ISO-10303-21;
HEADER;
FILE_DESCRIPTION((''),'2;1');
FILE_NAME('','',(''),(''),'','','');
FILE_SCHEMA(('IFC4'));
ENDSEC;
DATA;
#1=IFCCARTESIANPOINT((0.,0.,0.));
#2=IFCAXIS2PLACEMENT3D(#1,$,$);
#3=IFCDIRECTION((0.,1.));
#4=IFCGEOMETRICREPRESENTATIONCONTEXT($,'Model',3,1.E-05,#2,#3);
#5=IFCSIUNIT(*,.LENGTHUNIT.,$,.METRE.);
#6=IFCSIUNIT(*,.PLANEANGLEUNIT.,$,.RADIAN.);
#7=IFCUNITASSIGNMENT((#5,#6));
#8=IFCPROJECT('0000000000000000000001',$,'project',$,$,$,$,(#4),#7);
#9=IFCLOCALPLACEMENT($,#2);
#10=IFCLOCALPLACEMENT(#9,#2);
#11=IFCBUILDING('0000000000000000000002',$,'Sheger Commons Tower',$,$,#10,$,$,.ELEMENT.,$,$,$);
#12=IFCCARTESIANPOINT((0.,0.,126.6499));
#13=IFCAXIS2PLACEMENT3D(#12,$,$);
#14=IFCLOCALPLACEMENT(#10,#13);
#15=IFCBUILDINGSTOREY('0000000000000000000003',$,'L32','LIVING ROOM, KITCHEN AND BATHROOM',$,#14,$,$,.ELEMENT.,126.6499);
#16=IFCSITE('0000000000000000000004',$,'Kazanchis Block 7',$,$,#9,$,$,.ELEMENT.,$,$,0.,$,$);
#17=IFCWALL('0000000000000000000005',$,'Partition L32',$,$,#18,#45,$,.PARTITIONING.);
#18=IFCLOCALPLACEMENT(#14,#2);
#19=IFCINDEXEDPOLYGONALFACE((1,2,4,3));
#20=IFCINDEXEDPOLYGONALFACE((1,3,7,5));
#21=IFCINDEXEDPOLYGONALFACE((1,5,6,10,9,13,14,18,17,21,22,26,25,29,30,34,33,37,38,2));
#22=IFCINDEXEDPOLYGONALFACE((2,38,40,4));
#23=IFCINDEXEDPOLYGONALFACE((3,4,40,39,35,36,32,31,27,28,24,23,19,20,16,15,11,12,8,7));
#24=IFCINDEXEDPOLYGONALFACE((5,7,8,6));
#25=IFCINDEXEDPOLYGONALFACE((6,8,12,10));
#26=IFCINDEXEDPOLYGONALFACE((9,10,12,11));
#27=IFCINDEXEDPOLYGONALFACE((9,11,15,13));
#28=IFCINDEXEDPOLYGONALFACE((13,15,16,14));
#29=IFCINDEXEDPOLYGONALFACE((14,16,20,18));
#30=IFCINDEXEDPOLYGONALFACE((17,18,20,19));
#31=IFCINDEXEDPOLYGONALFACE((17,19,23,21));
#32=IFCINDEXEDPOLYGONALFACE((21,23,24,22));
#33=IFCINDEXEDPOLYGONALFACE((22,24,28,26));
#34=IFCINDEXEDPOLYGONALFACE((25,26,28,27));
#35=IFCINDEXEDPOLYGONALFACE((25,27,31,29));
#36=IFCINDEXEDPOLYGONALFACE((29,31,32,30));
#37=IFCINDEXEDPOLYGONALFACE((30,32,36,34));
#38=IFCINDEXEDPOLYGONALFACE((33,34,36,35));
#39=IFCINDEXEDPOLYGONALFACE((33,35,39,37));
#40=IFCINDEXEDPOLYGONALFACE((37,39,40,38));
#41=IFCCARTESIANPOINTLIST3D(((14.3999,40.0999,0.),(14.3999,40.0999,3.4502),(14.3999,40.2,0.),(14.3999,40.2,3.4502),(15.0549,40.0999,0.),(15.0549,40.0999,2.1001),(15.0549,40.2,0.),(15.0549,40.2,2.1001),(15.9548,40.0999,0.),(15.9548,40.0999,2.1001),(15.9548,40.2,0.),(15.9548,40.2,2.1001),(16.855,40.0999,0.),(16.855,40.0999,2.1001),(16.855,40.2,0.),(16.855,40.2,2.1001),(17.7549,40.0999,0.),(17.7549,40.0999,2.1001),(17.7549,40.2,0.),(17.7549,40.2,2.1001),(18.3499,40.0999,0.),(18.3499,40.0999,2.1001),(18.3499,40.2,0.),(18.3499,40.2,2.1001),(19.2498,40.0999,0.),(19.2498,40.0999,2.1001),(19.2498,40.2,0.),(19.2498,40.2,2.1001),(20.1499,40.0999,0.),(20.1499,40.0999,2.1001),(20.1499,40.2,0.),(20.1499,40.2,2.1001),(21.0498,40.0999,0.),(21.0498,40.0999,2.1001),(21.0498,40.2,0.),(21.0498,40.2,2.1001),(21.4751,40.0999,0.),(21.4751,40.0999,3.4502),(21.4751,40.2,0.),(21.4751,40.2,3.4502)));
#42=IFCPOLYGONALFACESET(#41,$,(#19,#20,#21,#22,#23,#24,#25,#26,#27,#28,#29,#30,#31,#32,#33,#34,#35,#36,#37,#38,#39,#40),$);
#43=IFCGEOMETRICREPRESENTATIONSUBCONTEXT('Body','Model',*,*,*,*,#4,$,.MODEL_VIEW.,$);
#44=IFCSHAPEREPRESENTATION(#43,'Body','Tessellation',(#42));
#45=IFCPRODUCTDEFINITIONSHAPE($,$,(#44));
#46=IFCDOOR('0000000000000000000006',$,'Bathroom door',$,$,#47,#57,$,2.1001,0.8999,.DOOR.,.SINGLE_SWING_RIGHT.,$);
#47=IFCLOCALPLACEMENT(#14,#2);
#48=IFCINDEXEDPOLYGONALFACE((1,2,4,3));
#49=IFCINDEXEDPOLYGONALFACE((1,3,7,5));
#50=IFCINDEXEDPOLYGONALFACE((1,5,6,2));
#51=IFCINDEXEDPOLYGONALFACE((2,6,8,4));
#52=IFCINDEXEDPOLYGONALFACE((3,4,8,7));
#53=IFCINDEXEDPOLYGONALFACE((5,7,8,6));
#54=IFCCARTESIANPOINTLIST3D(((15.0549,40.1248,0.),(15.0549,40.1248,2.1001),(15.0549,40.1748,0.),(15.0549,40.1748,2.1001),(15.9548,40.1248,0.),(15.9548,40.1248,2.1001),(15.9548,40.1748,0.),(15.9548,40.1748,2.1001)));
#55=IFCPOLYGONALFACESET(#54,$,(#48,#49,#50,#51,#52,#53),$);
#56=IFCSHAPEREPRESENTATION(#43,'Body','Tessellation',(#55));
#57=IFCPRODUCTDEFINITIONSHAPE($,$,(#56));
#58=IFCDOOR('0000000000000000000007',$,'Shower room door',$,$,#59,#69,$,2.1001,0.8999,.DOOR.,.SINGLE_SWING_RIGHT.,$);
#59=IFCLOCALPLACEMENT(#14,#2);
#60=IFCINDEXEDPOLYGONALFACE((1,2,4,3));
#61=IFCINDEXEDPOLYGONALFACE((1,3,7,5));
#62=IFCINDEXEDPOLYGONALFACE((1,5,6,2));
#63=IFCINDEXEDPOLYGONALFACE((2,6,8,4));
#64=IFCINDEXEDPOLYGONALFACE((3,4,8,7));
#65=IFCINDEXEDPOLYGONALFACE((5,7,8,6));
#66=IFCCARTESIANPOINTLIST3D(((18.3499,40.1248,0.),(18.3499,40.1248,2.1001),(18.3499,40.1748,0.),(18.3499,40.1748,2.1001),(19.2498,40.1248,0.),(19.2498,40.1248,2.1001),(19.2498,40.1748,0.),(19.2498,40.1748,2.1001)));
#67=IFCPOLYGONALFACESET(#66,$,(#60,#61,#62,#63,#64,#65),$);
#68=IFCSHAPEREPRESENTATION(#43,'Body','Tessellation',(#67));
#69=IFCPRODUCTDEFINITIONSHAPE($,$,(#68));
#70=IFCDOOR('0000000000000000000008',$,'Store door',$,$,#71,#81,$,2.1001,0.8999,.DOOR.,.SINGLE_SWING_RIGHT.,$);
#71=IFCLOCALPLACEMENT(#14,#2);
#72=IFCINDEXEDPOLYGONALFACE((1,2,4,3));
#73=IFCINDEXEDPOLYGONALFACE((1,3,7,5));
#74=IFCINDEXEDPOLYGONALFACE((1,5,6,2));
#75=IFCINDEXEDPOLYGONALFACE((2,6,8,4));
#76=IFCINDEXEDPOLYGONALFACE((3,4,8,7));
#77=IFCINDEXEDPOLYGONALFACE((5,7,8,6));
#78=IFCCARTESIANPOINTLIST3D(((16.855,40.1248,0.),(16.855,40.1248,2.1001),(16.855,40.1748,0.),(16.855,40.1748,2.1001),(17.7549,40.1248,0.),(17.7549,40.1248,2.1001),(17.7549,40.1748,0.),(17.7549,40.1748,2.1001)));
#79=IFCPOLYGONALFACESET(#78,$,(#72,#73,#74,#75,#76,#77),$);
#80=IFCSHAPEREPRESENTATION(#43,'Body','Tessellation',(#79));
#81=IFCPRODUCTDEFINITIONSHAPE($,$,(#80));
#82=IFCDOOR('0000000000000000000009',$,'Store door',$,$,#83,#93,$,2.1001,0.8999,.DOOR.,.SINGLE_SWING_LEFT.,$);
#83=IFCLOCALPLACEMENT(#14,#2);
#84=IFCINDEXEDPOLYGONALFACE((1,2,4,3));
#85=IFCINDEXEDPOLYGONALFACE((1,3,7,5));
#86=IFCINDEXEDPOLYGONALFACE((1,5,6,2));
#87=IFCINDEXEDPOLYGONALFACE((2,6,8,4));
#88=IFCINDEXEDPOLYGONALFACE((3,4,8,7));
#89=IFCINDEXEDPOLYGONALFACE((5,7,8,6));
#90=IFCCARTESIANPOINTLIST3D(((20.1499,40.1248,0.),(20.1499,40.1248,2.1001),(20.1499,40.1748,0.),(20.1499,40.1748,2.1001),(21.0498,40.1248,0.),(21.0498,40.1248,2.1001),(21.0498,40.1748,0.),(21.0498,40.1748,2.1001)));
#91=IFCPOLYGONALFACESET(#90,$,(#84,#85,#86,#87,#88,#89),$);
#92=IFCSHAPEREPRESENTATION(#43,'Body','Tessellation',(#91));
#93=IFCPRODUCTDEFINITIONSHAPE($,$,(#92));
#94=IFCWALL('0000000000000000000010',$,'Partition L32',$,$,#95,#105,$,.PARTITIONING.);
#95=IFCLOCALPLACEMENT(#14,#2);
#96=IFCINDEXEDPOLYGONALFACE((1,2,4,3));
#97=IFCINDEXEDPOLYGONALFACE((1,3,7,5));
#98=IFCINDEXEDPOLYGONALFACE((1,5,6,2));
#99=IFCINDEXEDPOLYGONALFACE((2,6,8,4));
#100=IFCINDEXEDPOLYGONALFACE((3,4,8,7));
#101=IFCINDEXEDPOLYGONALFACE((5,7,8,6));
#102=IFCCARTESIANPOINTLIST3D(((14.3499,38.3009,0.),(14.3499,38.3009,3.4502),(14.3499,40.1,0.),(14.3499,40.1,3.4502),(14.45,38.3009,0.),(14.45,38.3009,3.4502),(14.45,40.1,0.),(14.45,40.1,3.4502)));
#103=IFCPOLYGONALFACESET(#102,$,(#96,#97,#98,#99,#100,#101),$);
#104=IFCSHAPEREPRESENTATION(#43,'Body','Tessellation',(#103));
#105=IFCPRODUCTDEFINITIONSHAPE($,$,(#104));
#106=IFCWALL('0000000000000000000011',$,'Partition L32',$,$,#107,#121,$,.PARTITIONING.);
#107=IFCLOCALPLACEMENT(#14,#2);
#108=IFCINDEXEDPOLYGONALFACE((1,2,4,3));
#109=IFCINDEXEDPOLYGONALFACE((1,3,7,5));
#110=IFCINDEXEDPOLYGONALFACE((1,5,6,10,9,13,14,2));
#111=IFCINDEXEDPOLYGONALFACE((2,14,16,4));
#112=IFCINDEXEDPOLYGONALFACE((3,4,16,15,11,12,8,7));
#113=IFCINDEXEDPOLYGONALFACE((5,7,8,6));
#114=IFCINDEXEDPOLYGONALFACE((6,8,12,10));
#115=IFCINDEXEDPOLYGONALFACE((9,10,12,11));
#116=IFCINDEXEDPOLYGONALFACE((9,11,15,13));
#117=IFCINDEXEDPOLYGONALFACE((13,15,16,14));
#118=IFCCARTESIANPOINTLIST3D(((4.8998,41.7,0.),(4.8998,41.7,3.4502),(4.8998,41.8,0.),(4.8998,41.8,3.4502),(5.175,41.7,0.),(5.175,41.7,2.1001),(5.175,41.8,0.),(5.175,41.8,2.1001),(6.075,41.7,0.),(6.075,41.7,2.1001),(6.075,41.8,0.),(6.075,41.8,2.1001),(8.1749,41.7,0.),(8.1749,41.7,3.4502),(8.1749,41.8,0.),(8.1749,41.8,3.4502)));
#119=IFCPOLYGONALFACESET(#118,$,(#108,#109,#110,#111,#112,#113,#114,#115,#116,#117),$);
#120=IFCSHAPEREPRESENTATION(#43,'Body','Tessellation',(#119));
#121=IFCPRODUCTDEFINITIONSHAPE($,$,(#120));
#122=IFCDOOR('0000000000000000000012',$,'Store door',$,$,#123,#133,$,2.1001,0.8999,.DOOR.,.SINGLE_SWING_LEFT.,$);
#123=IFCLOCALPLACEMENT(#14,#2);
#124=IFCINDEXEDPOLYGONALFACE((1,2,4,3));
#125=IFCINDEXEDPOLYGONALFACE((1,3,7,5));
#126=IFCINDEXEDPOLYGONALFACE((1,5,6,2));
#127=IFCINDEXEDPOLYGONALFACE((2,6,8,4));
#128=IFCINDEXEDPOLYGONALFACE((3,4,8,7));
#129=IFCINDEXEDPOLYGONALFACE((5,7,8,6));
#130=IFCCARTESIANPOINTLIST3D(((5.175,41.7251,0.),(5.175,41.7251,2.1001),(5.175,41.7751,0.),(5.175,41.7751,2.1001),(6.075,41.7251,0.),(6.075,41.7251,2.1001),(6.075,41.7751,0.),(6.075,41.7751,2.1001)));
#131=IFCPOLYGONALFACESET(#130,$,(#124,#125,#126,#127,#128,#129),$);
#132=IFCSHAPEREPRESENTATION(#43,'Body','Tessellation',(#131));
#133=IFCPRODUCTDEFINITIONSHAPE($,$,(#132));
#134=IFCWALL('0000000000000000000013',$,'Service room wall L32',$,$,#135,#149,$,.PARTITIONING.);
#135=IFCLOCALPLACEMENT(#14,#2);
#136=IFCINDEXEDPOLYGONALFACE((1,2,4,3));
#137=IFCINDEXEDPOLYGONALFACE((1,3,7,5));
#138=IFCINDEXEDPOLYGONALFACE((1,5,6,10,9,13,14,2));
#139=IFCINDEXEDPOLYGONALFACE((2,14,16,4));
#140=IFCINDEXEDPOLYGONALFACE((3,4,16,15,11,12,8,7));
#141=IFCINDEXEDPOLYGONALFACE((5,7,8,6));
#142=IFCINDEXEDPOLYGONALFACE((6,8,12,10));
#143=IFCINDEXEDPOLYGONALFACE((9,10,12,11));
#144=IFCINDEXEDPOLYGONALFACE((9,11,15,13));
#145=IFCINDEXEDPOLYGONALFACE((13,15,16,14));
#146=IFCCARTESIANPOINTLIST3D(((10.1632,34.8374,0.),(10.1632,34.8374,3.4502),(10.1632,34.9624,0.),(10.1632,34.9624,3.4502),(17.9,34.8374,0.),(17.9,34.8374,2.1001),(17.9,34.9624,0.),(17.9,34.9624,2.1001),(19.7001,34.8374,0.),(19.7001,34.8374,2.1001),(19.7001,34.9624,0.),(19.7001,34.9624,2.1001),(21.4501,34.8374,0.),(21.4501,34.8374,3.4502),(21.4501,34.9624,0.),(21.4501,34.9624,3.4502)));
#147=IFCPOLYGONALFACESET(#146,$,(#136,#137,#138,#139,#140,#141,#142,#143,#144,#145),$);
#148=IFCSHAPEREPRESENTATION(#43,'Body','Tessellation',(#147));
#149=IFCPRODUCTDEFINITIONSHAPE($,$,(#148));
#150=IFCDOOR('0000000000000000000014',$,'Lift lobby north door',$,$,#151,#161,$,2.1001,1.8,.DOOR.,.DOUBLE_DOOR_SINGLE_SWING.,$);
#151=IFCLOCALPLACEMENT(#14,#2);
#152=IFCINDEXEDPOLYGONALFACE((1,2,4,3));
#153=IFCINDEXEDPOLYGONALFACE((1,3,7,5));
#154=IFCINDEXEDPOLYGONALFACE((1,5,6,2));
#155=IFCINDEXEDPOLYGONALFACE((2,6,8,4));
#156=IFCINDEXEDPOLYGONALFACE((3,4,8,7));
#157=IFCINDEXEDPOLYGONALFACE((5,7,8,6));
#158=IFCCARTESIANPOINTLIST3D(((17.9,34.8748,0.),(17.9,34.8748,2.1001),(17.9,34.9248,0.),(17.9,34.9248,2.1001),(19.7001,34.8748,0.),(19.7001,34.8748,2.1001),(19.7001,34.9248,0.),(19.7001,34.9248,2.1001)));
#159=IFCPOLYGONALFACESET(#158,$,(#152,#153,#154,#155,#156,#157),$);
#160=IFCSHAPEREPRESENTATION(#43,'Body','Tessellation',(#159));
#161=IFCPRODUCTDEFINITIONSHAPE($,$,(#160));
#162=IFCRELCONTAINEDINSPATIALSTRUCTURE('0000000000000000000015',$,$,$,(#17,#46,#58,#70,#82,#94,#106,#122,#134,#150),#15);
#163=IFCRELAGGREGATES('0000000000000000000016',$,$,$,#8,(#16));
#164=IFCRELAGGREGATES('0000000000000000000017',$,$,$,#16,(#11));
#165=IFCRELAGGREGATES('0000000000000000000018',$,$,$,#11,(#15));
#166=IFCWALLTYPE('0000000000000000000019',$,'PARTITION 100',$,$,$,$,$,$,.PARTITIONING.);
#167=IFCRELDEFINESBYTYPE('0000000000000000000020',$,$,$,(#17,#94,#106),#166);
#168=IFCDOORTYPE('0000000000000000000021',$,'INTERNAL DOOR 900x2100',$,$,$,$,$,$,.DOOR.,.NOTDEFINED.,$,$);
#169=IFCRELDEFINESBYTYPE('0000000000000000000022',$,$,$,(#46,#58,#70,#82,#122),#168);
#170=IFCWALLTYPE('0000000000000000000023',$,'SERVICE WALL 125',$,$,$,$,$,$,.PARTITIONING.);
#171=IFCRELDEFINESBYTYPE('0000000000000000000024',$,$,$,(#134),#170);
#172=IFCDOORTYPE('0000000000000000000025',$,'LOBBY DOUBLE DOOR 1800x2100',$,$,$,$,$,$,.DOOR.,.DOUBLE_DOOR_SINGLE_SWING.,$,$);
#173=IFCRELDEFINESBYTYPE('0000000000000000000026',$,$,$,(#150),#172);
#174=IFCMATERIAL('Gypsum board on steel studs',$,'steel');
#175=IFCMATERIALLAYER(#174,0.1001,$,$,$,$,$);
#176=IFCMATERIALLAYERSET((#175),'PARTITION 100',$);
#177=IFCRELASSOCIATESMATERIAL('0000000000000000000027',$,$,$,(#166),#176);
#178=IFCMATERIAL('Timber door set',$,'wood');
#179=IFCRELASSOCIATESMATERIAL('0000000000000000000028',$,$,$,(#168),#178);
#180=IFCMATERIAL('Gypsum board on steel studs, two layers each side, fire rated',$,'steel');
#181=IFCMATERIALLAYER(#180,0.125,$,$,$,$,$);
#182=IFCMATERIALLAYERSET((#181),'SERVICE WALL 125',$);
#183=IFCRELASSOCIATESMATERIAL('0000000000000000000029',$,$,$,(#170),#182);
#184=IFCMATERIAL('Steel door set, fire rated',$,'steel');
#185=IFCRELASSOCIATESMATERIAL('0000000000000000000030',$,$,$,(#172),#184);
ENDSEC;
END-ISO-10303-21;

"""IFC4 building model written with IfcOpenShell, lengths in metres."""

from ifc_helpers import new_model, si_unit, direction, frame, frame_2d, origin, place, context, subcontext, project, spatial, rectangle, extrude, material, layer, layer_set, type_object, element, fill, save


model = new_model("IFC4")

# Units and contexts
model_context = context("Model", 3, precision=1e-05, world=origin(), true_north=direction((0.0, 1.0)))
body_context = subcontext(model_context, "Body", "Model", "MODEL_VIEW")
ifc_project = project(units=[si_unit("LENGTHUNIT", "METRE"), si_unit("PLANEANGLEUNIT", "RADIAN")], contexts=[model_context])

# Site, building, storey
site_placement = place(None, origin())
site = spatial("IfcSite", under=ifc_project, at=site_placement, Name="Kazanchis Block 7", CompositionType="ELEMENT", RefElevation=0.0)
building_placement = place(site_placement, origin())
building = spatial("IfcBuilding", under=site, at=building_placement, Name="Sheger Commons Tower", CompositionType="ELEMENT")
storey_placement = place(building_placement, frame((0.0, 0.0, 126.6499)))
storey = spatial("IfcBuildingStorey", under=building, at=storey_placement, Name="L32", Description="LIVING ROOM, KITCHEN AND BATHROOM", CompositionType="ELEMENT", Elevation=126.6499)

# Shared definitions
ifc_material_1 = material(Name="Gypsum board on steel studs", Category="steel")
ifc_layer_1 = layer(ifc_material_1, 0.1001)
ifc_layer_set_1 = layer_set([ifc_layer_1], Name="PARTITION 100")
wall_type_1 = type_object("IfcWallType", Name="PARTITION 100", PredefinedType="PARTITIONING", material=ifc_layer_set_1)

# Wall, openings, doors
ifc_material_2 = material(Name="Timber door set", Category="wood")
door_type_1 = type_object("IfcDoorType", Name="INTERNAL DOOR 900x2100", OperationType="NOTDEFINED", PredefinedType="DOOR", material=ifc_material_2)
wall_1_placement = place(storey_placement, frame((14.3999, 40.1499, 0.0), z_axis=(0.0, 0.0, 1.0), x_axis=(1.0, 0.0, 0.0)))
wall_1 = element("IfcWall", 1, at=wall_1_placement, inside=storey, type_object=wall_type_1, Name="Partition L32", PredefinedType="PARTITIONING", context=body_context, shape_type="SweptSolid", body=[
    extrude(rectangle(XDim=7.0752, YDim=0.1001, at=frame_2d((3.5376, 0.0))), origin(), (0.0, 0.0, 1.0), 3.4502),
])
opening_1_placement = place(wall_1_placement, frame((0.655, 0.0, 0.0)))
opening_1 = element("IfcOpeningElement", 2, at=opening_1_placement, cuts=wall_1, PredefinedType="OPENING", context=body_context, shape_type="SweptSolid", body=[
    extrude(rectangle(XDim=0.8999, YDim=2.1001, at=frame_2d((0.45, 1.05))), frame((0.0, 0.0601, 0.0), z_axis=(0.0, -1.0, 0.0), x_axis=(1.0, 0.0, 0.0)), (0.0, 0.0, 1.0), 0.1201),
])
opening_2_placement = place(wall_1_placement, frame((3.95, 0.0, 0.0)))
opening_2 = element("IfcOpeningElement", 3, at=opening_2_placement, cuts=wall_1, PredefinedType="OPENING", context=body_context, shape_type="SweptSolid", body=[
    extrude(rectangle(XDim=0.8999, YDim=2.1001, at=frame_2d((0.45, 1.05))), frame((0.0, 0.0601, 0.0), z_axis=(0.0, -1.0, 0.0), x_axis=(1.0, 0.0, 0.0)), (0.0, 0.0, 1.0), 0.1201),
])
opening_3_placement = place(wall_1_placement, frame((2.4551, 0.0, 0.0)))
opening_3 = element("IfcOpeningElement", 4, at=opening_3_placement, cuts=wall_1, PredefinedType="OPENING", context=body_context, shape_type="SweptSolid", body=[
    extrude(rectangle(XDim=0.8999, YDim=2.1001, at=frame_2d((0.45, 1.05))), frame((0.0, 0.0601, 0.0), z_axis=(0.0, -1.0, 0.0), x_axis=(1.0, 0.0, 0.0)), (0.0, 0.0, 1.0), 0.1201),
])
opening_4_placement = place(wall_1_placement, frame((5.75, 0.0, 0.0)))
opening_4 = element("IfcOpeningElement", 5, at=opening_4_placement, cuts=wall_1, PredefinedType="OPENING", context=body_context, shape_type="SweptSolid", body=[
    extrude(rectangle(XDim=0.8999, YDim=2.1001, at=frame_2d((0.45, 1.05))), frame((0.0, 0.0601, 0.0), z_axis=(0.0, -1.0, 0.0), x_axis=(1.0, 0.0, 0.0)), (0.0, 0.0, 1.0), 0.1201),
])
door_1_placement = place(opening_1_placement, origin())
door_1 = element("IfcDoor", 6, at=door_1_placement, inside=storey, type_object=door_type_1, Name="Bathroom door", OperationType="SINGLE_SWING_RIGHT", OverallHeight=2.1001, OverallWidth=0.8999, PredefinedType="DOOR", context=body_context, shape_type="SweptSolid", body=[
    extrude(rectangle(XDim=0.8999, YDim=2.1001, at=frame_2d((0.45, 1.05))), frame((0.0, 0.0249, 0.0), z_axis=(0.0, -1.0, 0.0), x_axis=(1.0, 0.0, 0.0)), (0.0, 0.0, 1.0), 0.05),
])
fill(opening_1, door_1)
door_2_placement = place(opening_2_placement, origin())
door_2 = element("IfcDoor", 7, at=door_2_placement, inside=storey, type_object=door_type_1, Name="Shower room door", OperationType="SINGLE_SWING_RIGHT", OverallHeight=2.1001, OverallWidth=0.8999, PredefinedType="DOOR", context=body_context, shape_type="SweptSolid", body=[
    extrude(rectangle(XDim=0.8999, YDim=2.1001, at=frame_2d((0.45, 1.05))), frame((0.0, 0.0249, 0.0), z_axis=(0.0, -1.0, 0.0), x_axis=(1.0, 0.0, 0.0)), (0.0, 0.0, 1.0), 0.05),
])
fill(opening_2, door_2)
door_3_placement = place(opening_3_placement, origin())
door_3 = element("IfcDoor", 8, at=door_3_placement, inside=storey, type_object=door_type_1, Name="Store door", OperationType="SINGLE_SWING_RIGHT", OverallHeight=2.1001, OverallWidth=0.8999, PredefinedType="DOOR", context=body_context, shape_type="SweptSolid", body=[
    extrude(rectangle(XDim=0.8999, YDim=2.1001, at=frame_2d((0.45, 1.05))), frame((0.0, 0.0249, 0.0), z_axis=(0.0, -1.0, 0.0), x_axis=(1.0, 0.0, 0.0)), (0.0, 0.0, 1.0), 0.05),
])
fill(opening_3, door_3)
door_4_placement = place(opening_4_placement, origin())
door_4 = element("IfcDoor", 9, at=door_4_placement, inside=storey, type_object=door_type_1, Name="Store door", OperationType="SINGLE_SWING_LEFT", OverallHeight=2.1001, OverallWidth=0.8999, PredefinedType="DOOR", context=body_context, shape_type="SweptSolid", body=[
    extrude(rectangle(XDim=0.8999, YDim=2.1001, at=frame_2d((0.45, 1.05))), frame((0.0, 0.0249, 0.0), z_axis=(0.0, -1.0, 0.0), x_axis=(1.0, 0.0, 0.0)), (0.0, 0.0, 1.0), 0.05),
])
fill(opening_4, door_4)

# Wall
wall_2_placement = place(storey_placement, frame((14.3999, 38.301, 0.0), z_axis=(0.0, 0.0, 1.0), x_axis=(0.0, 1.0, 0.0)))
element("IfcWall", 10, at=wall_2_placement, inside=storey, type_object=wall_type_1, Name="Partition L32", PredefinedType="PARTITIONING", context=body_context, shape_type="SweptSolid", body=[
    extrude(rectangle(XDim=1.7991, YDim=0.1001, at=frame_2d((0.8994, 0.0))), origin(), (0.0, 0.0, 1.0), 3.4502),
])

# Walls, openings, doors
wall_3_placement = place(storey_placement, frame((8.175, 41.75, 0.0), z_axis=(0.0, 0.0, 1.0), x_axis=(-1.0, 0.0, 0.0)))
wall_3 = element("IfcWall", 11, at=wall_3_placement, inside=storey, type_object=wall_type_1, Name="Partition L32", PredefinedType="PARTITIONING", context=body_context, shape_type="SweptSolid", body=[
    extrude(rectangle(XDim=3.2751, YDim=0.1001, at=frame_2d((1.6377, 0.0))), origin(), (0.0, 0.0, 1.0), 3.4502),
])
opening_5_placement = place(wall_3_placement, frame((2.1001, 0.0, 0.0)))
opening_5 = element("IfcOpeningElement", 12, at=opening_5_placement, cuts=wall_3, PredefinedType="OPENING", context=body_context, shape_type="SweptSolid", body=[
    extrude(rectangle(XDim=0.8999, YDim=2.1001, at=frame_2d((0.45, 1.05))), frame((0.0, 0.0601, 0.0), z_axis=(0.0, -1.0, 0.0), x_axis=(1.0, 0.0, 0.0)), (0.0, 0.0, 1.0), 0.1201),
])
door_5_placement = place(opening_5_placement, origin())
door_5 = element("IfcDoor", 13, at=door_5_placement, inside=storey, type_object=door_type_1, Name="Store door", OperationType="SINGLE_SWING_LEFT", OverallHeight=2.1001, OverallWidth=0.8999, PredefinedType="DOOR", context=body_context, shape_type="SweptSolid", body=[
    extrude(rectangle(XDim=0.8999, YDim=2.1001, at=frame_2d((0.45, 1.05))), frame((0.0, 0.0249, 0.0), z_axis=(0.0, -1.0, 0.0), x_axis=(1.0, 0.0, 0.0)), (0.0, 0.0, 1.0), 0.05),
])
fill(opening_5, door_5)
ifc_material_3 = material(Name="Gypsum board on steel studs, two layers each side, fire rated", Category="steel")
ifc_layer_2 = layer(ifc_material_3, 0.125)
ifc_layer_set_2 = layer_set([ifc_layer_2], Name="SERVICE WALL 125")
wall_type_2 = type_object("IfcWallType", Name="SERVICE WALL 125", PredefinedType="PARTITIONING", material=ifc_layer_set_2)
wall_4_placement = place(storey_placement, frame((10.1631, 34.8999, 0.0), z_axis=(0.0, 0.0, 1.0), x_axis=(1.0, 0.0, 0.0)))
wall_4 = element("IfcWall", 14, at=wall_4_placement, inside=storey, type_object=wall_type_2, Name="Service room wall L32", PredefinedType="PARTITIONING", context=body_context, shape_type="SweptSolid", body=[
    extrude(rectangle(XDim=11.2869, YDim=0.125, at=frame_2d((5.6436, 0.0))), origin(), (0.0, 0.0, 1.0), 3.4502),
])
opening_6_placement = place(wall_4_placement, frame((7.7371, 0.0, 0.0)))
opening_6 = element("IfcOpeningElement", 15, at=opening_6_placement, cuts=wall_4, PredefinedType="OPENING", context=body_context, shape_type="SweptSolid", body=[
    extrude(rectangle(XDim=1.8, YDim=2.1001, at=frame_2d((0.8999, 1.05))), frame((0.0, 0.0725, 0.0), z_axis=(0.0, -1.0, 0.0), x_axis=(1.0, 0.0, 0.0)), (0.0, 0.0, 1.0), 0.145),
])
ifc_material_4 = material(Name="Steel door set, fire rated", Category="steel")
door_type_2 = type_object("IfcDoorType", Name="LOBBY DOUBLE DOOR 1800x2100", OperationType="DOUBLE_DOOR_SINGLE_SWING", PredefinedType="DOOR", material=ifc_material_4)
door_6_placement = place(opening_6_placement, origin())
door_6 = element("IfcDoor", 16, at=door_6_placement, inside=storey, type_object=door_type_2, Name="Lift lobby north door", OperationType="DOUBLE_DOOR_SINGLE_SWING", OverallHeight=2.1001, OverallWidth=1.8, PredefinedType="DOOR", context=body_context, shape_type="SweptSolid", body=[
    extrude(rectangle(XDim=1.8, YDim=2.1001, at=frame_2d((0.8999, 1.05))), frame((0.0, 0.0249, 0.0), z_axis=(0.0, -1.0, 0.0), x_axis=(1.0, 0.0, 0.0)), (0.0, 0.0, 1.0), 0.05),
])
fill(opening_6, door_6)

save(model, "model.ifc")
